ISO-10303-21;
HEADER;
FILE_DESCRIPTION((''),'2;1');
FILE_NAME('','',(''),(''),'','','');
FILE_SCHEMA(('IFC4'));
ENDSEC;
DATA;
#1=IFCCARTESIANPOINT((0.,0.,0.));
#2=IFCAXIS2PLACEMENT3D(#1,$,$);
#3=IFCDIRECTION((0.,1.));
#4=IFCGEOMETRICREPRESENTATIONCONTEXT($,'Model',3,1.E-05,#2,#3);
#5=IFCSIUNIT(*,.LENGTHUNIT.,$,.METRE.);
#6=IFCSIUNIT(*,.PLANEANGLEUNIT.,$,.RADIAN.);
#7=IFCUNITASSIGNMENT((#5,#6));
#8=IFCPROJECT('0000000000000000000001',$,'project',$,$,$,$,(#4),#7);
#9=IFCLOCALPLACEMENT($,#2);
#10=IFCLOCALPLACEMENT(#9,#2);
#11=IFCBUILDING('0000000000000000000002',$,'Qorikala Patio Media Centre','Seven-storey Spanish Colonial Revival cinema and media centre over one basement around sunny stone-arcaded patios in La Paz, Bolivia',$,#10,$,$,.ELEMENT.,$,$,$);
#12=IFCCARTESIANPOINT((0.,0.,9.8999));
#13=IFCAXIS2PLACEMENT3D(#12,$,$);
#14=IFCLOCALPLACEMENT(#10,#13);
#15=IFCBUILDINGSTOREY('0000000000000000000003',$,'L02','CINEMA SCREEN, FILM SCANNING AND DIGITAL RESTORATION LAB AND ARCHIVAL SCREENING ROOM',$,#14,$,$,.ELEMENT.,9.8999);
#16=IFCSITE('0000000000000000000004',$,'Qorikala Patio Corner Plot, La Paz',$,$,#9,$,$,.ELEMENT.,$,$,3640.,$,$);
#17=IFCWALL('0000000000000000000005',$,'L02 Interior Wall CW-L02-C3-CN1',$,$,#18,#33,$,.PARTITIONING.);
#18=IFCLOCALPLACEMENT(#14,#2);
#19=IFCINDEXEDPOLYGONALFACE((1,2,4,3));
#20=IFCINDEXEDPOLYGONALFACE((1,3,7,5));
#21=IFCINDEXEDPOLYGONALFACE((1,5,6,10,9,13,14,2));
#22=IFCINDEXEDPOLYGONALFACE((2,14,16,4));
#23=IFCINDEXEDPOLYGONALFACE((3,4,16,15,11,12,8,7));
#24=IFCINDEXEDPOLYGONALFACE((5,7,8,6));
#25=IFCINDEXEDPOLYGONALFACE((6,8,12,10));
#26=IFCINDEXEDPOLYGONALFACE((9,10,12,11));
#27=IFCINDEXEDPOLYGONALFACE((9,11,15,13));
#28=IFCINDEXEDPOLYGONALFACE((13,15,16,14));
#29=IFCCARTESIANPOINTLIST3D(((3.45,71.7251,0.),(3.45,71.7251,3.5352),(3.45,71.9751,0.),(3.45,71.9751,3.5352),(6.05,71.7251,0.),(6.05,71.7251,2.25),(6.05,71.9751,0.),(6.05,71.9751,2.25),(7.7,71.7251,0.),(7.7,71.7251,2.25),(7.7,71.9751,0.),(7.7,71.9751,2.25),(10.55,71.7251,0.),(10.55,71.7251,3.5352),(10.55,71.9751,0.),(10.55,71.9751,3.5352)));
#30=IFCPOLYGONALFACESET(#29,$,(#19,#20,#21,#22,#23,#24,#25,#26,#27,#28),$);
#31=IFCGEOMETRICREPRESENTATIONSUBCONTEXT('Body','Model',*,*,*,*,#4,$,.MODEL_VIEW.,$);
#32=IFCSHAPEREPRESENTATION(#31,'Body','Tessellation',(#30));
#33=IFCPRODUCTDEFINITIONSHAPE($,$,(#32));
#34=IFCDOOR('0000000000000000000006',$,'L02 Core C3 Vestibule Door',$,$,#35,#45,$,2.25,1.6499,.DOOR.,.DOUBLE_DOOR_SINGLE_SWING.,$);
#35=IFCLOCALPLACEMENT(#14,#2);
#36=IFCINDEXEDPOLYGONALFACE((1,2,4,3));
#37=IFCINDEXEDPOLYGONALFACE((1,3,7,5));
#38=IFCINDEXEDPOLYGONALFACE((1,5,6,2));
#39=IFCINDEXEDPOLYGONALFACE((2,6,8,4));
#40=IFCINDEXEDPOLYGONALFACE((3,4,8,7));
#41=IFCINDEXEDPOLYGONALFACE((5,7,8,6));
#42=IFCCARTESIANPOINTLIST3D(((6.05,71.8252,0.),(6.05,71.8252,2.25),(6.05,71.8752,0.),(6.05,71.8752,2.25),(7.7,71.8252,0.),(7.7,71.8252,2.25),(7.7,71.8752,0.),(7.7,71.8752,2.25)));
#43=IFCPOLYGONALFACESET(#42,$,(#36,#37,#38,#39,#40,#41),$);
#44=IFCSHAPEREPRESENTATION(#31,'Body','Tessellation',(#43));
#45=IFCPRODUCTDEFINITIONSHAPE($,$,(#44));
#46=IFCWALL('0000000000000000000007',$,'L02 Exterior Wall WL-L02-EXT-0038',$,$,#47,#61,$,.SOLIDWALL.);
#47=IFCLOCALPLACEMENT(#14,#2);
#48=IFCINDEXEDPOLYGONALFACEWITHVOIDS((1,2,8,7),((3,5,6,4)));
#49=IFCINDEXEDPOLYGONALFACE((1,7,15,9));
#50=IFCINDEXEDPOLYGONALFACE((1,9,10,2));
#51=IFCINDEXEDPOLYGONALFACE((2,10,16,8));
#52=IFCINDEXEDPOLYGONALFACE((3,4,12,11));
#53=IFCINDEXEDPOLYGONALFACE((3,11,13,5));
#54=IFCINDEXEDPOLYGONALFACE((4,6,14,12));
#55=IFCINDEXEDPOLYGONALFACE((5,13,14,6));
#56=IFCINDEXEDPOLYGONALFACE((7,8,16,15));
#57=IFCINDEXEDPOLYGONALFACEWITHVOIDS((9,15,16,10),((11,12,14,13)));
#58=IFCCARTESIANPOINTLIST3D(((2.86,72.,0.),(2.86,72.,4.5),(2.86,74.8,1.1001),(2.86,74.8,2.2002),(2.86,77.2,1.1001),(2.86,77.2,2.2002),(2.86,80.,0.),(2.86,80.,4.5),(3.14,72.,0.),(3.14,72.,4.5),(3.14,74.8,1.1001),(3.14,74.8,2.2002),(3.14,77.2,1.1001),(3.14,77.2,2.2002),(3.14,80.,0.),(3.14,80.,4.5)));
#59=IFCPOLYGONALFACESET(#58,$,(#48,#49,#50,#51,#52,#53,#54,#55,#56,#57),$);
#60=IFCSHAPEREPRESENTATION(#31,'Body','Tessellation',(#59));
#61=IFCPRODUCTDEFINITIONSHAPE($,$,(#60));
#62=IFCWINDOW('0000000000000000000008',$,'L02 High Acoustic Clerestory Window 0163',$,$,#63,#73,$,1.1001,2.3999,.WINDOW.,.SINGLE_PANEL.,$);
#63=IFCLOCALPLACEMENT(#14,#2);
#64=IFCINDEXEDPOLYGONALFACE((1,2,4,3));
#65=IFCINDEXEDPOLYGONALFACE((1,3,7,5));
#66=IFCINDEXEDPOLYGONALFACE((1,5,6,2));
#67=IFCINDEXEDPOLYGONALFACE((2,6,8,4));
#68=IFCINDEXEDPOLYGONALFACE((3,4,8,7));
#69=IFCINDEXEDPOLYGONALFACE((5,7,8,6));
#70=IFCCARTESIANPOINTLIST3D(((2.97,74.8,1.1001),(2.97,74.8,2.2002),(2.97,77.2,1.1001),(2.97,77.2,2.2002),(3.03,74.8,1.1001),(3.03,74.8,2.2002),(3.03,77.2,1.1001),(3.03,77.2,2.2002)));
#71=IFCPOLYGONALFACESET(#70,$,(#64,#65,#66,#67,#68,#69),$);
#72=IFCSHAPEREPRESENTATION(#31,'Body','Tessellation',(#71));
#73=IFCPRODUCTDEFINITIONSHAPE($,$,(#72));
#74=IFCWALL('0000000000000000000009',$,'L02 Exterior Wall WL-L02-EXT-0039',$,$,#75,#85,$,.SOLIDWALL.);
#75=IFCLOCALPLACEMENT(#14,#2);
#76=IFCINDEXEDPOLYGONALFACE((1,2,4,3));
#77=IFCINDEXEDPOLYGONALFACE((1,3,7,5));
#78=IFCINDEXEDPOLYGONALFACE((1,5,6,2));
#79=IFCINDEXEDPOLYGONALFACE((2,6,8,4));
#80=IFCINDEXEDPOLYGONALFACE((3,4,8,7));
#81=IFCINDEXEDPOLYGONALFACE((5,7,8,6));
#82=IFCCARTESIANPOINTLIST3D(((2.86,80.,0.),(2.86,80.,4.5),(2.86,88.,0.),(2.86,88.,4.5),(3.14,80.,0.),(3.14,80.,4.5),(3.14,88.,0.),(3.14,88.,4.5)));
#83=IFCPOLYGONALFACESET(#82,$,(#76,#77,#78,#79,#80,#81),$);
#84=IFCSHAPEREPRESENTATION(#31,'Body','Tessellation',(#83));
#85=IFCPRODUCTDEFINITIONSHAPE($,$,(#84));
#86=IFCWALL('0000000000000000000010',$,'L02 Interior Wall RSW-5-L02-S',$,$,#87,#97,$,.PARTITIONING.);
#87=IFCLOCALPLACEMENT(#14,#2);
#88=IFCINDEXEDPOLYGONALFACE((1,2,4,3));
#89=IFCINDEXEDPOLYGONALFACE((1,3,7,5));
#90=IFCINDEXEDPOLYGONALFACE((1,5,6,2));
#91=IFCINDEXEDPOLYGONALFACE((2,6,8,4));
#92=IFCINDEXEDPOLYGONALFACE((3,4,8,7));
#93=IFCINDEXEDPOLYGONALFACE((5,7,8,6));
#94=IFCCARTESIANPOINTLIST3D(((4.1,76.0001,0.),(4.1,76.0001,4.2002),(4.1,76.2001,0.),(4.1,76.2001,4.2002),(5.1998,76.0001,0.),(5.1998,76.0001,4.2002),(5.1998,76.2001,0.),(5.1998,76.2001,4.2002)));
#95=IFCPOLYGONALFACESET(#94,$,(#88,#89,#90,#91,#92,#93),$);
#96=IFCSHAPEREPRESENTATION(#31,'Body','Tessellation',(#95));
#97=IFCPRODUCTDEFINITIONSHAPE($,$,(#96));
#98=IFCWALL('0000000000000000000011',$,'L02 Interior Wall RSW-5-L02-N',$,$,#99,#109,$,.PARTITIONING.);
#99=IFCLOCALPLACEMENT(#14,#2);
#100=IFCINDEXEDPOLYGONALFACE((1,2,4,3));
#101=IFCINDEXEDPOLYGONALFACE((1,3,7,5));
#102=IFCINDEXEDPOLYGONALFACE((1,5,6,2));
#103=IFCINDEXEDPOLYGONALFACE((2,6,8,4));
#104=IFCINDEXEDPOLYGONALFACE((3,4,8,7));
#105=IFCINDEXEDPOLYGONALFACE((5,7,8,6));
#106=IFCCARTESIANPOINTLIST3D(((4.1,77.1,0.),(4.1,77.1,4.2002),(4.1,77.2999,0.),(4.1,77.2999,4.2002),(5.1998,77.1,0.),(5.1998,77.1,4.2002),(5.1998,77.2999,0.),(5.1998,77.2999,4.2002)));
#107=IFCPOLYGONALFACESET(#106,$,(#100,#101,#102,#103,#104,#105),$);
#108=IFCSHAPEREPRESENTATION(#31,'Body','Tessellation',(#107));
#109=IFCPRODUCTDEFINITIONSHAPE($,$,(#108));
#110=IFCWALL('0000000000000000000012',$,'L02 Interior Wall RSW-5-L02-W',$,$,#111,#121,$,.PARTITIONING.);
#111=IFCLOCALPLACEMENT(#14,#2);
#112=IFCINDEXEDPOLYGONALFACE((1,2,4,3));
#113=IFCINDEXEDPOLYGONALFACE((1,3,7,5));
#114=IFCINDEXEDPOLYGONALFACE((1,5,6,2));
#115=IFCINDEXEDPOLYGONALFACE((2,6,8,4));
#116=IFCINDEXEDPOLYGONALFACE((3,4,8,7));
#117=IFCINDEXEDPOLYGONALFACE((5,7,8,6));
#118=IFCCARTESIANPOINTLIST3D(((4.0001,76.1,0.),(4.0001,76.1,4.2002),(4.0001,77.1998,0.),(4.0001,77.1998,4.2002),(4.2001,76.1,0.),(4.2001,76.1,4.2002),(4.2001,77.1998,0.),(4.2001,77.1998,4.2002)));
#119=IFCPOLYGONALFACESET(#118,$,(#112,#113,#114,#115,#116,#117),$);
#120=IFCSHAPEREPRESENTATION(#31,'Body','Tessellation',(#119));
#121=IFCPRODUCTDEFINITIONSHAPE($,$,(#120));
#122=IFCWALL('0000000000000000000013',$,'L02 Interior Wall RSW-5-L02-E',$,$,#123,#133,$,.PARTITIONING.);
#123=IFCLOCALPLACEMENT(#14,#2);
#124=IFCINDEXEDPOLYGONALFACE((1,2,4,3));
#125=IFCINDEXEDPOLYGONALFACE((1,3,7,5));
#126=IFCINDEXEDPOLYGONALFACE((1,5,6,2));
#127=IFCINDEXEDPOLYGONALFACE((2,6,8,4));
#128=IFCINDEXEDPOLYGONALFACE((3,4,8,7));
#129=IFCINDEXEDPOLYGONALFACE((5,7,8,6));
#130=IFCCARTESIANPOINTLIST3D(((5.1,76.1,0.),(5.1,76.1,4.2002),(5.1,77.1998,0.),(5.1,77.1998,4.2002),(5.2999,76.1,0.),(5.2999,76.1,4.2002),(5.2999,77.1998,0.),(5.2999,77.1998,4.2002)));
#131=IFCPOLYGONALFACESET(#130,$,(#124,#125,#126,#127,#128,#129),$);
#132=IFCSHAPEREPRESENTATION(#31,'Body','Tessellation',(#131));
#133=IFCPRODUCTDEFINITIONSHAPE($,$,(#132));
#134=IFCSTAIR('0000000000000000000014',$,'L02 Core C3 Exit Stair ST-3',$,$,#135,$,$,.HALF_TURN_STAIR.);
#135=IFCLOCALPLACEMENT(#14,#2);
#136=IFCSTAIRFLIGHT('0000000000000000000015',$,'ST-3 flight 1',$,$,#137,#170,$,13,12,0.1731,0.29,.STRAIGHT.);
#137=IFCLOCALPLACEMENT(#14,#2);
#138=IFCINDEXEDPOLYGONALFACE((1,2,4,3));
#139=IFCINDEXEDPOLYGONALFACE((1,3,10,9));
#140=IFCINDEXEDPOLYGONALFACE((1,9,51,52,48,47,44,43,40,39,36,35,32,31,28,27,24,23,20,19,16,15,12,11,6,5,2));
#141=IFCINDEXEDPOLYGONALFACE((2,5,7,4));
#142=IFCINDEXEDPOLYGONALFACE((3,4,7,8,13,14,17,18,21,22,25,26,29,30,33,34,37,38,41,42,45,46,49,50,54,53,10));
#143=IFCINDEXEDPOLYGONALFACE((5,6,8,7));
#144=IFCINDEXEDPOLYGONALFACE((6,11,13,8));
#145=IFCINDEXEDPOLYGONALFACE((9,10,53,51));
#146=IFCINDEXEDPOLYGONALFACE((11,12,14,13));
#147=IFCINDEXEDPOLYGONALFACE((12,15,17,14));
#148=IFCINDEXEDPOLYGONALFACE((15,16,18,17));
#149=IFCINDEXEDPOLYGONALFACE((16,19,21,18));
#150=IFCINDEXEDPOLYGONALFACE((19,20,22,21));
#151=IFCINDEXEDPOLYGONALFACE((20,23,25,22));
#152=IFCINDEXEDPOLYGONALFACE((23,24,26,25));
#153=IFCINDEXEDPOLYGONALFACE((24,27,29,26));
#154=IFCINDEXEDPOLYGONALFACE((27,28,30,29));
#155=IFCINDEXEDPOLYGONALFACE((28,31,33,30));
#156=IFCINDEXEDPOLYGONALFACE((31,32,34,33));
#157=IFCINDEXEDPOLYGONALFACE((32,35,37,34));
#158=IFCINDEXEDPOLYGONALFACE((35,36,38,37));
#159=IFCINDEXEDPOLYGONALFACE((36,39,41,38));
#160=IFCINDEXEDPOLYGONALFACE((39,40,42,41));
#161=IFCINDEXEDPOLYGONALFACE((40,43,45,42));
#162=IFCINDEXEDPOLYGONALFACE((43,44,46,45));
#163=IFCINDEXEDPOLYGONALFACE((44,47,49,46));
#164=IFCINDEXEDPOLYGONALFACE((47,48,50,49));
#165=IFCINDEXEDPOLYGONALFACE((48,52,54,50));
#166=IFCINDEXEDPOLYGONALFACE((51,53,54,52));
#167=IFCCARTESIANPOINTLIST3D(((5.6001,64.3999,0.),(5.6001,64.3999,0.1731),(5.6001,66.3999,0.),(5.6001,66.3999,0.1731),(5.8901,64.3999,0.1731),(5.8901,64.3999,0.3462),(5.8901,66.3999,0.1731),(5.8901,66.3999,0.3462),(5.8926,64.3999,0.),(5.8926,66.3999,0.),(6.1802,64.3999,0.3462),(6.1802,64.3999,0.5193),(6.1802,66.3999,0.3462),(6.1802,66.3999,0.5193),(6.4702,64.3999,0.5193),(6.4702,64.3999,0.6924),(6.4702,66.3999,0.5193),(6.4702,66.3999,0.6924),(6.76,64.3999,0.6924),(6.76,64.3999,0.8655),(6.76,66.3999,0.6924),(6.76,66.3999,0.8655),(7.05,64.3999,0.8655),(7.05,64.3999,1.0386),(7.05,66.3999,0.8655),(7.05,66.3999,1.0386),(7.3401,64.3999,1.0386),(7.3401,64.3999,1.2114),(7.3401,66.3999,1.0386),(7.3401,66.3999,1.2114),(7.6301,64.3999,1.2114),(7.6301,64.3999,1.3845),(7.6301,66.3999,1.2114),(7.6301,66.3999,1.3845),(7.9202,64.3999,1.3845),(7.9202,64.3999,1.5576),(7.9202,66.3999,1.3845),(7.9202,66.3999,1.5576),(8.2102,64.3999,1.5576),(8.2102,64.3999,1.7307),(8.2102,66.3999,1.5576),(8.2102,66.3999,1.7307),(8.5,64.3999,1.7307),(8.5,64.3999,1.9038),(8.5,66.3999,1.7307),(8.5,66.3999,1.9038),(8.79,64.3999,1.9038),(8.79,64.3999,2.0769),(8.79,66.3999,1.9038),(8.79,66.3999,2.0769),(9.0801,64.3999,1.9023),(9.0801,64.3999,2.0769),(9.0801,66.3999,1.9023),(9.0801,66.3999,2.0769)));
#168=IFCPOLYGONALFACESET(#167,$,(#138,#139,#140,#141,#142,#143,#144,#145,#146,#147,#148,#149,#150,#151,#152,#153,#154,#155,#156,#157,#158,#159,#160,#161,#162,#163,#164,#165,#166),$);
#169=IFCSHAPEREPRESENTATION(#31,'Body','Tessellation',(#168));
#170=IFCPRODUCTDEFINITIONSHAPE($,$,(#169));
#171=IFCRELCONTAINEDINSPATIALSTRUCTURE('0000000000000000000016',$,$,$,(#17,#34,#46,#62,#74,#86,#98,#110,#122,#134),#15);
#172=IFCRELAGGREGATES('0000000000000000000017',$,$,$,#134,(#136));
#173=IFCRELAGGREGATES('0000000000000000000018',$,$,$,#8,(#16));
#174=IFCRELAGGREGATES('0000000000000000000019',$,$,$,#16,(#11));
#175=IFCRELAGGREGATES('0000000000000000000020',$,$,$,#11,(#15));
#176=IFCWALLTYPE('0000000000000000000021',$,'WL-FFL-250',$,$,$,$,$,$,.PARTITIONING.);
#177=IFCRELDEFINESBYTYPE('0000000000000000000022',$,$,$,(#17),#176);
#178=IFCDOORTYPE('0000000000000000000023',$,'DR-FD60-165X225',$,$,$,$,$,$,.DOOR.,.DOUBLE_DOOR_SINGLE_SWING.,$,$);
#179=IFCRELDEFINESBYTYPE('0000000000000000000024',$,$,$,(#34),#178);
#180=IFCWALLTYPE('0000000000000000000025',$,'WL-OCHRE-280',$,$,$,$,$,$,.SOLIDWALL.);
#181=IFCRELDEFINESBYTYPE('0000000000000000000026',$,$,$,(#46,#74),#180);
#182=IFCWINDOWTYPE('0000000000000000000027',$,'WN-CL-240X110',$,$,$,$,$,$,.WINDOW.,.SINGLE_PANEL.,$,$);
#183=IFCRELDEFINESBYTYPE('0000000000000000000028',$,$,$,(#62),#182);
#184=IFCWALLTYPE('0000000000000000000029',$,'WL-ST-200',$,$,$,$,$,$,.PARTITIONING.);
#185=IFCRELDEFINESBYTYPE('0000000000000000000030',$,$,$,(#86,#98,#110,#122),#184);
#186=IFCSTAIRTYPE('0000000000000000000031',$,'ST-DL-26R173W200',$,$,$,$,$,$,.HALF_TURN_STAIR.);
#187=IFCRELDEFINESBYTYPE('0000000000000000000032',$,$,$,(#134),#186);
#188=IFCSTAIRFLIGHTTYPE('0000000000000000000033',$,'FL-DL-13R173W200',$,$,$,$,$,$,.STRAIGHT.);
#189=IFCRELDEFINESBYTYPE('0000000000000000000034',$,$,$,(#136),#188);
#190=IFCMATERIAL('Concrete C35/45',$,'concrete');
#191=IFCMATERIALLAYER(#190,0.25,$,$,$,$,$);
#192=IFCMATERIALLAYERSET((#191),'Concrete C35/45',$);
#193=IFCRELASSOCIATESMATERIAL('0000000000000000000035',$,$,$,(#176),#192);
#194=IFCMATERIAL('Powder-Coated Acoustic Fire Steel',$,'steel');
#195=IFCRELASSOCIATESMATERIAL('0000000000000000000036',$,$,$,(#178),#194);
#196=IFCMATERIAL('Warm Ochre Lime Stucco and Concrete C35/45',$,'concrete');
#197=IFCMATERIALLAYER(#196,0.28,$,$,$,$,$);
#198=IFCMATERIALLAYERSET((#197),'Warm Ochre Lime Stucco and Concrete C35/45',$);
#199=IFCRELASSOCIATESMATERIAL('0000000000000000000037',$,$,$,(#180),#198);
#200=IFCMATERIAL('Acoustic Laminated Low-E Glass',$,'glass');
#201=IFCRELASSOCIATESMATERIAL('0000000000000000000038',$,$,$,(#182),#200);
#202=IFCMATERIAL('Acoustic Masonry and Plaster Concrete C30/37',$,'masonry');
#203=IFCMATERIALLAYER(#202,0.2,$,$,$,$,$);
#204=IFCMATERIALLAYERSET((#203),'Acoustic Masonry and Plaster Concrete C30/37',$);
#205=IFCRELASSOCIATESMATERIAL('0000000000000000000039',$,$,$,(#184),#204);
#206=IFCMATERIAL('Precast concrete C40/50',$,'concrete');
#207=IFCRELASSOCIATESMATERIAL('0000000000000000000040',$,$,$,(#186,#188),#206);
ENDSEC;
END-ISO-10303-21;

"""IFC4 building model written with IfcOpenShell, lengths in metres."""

from ifc_helpers import new_model, si_unit, direction, frame, frame_2d, origin, place, context, subcontext, project, spatial, polyline, rectangle, outline, extrude, material, layer, layer_set, type_object, element, fill, aggregate, save


model = new_model("IFC4")

# Units and contexts
model_context = context("Model", 3, precision=1e-05, world=origin(), true_north=direction((0.0, 1.0)))
body_context = subcontext(model_context, "Body", "Model", "MODEL_VIEW")
ifc_project = project(units=[si_unit("LENGTHUNIT", "METRE"), si_unit("PLANEANGLEUNIT", "RADIAN")], contexts=[model_context])

# Site, building, storey
site_placement = place(None, origin())
site = spatial("IfcSite", under=ifc_project, at=site_placement, Name="Qorikala Patio Corner Plot, La Paz", CompositionType="ELEMENT", RefElevation=3640.0)
building_placement = place(site_placement, origin())
building = spatial("IfcBuilding", under=site, at=building_placement, Name="Qorikala Patio Media Centre", Description="Seven-storey Spanish Colonial Revival cinema and media centre over one basement around sunny stone-arcaded patios in La Paz, Bolivia", CompositionType="ELEMENT")
storey_placement = place(building_placement, frame((0.0, 0.0, 9.8999)))
storey = spatial("IfcBuildingStorey", under=building, at=storey_placement, Name="L02", Description="CINEMA SCREEN, FILM SCANNING AND DIGITAL RESTORATION LAB AND ARCHIVAL SCREENING ROOM", CompositionType="ELEMENT", Elevation=9.8999)

# Shared definitions
ifc_material_1 = material(Name="Concrete C35/45", Category="concrete")

# Wall, opening, door
ifc_material_2 = material(Name="Powder-Coated Acoustic Fire Steel", Category="steel")
ifc_layer_1 = layer(ifc_material_1, 0.25)
ifc_layer_set_1 = layer_set([ifc_layer_1], Name="Concrete C35/45")
wall_type_1 = type_object("IfcWallType", Name="WL-FFL-250", PredefinedType="PARTITIONING", material=ifc_layer_set_1)
wall_1_placement = place(storey_placement, frame((3.45, 71.8501, 0.0), z_axis=(0.0, 0.0, 1.0), x_axis=(1.0, 0.0, 0.0)))
wall_1 = element("IfcWall", 1, at=wall_1_placement, inside=storey, type_object=wall_type_1, Name="L02 Interior Wall CW-L02-C3-CN1", PredefinedType="PARTITIONING", context=body_context, shape_type="SweptSolid", body=[
    extrude(rectangle(XDim=7.1001, YDim=0.25, at=frame_2d((3.55, 0.0))), origin(), (0.0, 0.0, 1.0), 3.5352),
])
opening_1_placement = place(wall_1_placement, frame((2.6001, 0.0, 0.0)))
opening_1 = element("IfcOpeningElement", 2, at=opening_1_placement, cuts=wall_1, PredefinedType="OPENING", context=body_context, shape_type="SweptSolid", body=[
    extrude(rectangle(XDim=1.6499, YDim=2.25, at=frame_2d((0.825, 1.125))), frame((0.0, 0.135, 0.0), z_axis=(0.0, -1.0, 0.0), x_axis=(1.0, 0.0, 0.0)), (0.0, 0.0, 1.0), 0.27),
])
door_type_1 = type_object("IfcDoorType", Name="DR-FD60-165X225", OperationType="DOUBLE_DOOR_SINGLE_SWING", PredefinedType="DOOR", material=ifc_material_2)
door_1_placement = place(opening_1_placement, frame((1.6499, 0.0, 0.0), z_axis=(0.0, 0.0, 1.0), x_axis=(-1.0, 0.0, 0.0)))
door_1 = element("IfcDoor", 3, at=door_1_placement, inside=storey, type_object=door_type_1, Name="L02 Core C3 Vestibule Door", OperationType="DOUBLE_DOOR_SINGLE_SWING", OverallHeight=2.25, OverallWidth=1.6499, PredefinedType="DOOR", context=body_context, shape_type="SweptSolid", body=[
    extrude(rectangle(XDim=1.6499, YDim=2.25, at=frame_2d((0.825, 1.125))), frame((0.0, 0.0249, 0.0), z_axis=(0.0, -1.0, 0.0), x_axis=(1.0, 0.0, 0.0)), (0.0, 0.0, 1.0), 0.05),
])
fill(opening_1, door_1)

# Wall, opening, window
ifc_material_3 = material(Name="Warm Ochre Lime Stucco and Concrete C35/45", Category="concrete")
ifc_layer_2 = layer(ifc_material_3, 0.28)
ifc_layer_set_2 = layer_set([ifc_layer_2], Name="Warm Ochre Lime Stucco and Concrete C35/45")
wall_type_2 = type_object("IfcWallType", Name="WL-OCHRE-280", PredefinedType="SOLIDWALL", material=ifc_layer_set_2)
wall_2_placement = place(storey_placement, frame((3.0, 72.0, 0.0), z_axis=(0.0, 0.0, 1.0), x_axis=(0.0, 1.0, 0.0)))
wall_2 = element("IfcWall", 4, at=wall_2_placement, inside=storey, type_object=wall_type_2, Name="L02 Exterior Wall WL-L02-EXT-0038", PredefinedType="SOLIDWALL", context=body_context, shape_type="SweptSolid", body=[
    extrude(rectangle(XDim=8.0, YDim=0.28, at=frame_2d((4.0, 0.0))), origin(), (0.0, 0.0, 1.0), 4.5),
])
opening_2_placement = place(wall_2_placement, frame((2.8, 0.0, 1.1001)))
opening_2 = element("IfcOpeningElement", 5, at=opening_2_placement, cuts=wall_2, PredefinedType="OPENING", context=body_context, shape_type="SweptSolid", body=[
    extrude(rectangle(XDim=2.3999, YDim=1.1001, at=frame_2d((1.2, 0.55))), frame((0.0, 0.1499, 0.0), z_axis=(0.0, -1.0, 0.0), x_axis=(1.0, 0.0, 0.0)), (0.0, 0.0, 1.0), 0.3),
])
ifc_material_4 = material(Name="Acoustic Laminated Low-E Glass", Category="glass")
window_type = type_object("IfcWindowType", Name="WN-CL-240X110", PartitioningType="SINGLE_PANEL", PredefinedType="WINDOW", material=ifc_material_4)
window_placement = place(opening_2_placement, origin())
window = element("IfcWindow", 6, at=window_placement, inside=storey, type_object=window_type, Name="L02 High Acoustic Clerestory Window 0163", OverallHeight=1.1001, OverallWidth=2.3999, PartitioningType="SINGLE_PANEL", PredefinedType="WINDOW", context=body_context, shape_type="SweptSolid", body=[
    extrude(rectangle(XDim=2.3999, YDim=1.1001, at=frame_2d((1.2, 0.55))), frame((0.0, 0.03, 0.0), z_axis=(0.0, -1.0, 0.0), x_axis=(1.0, 0.0, 0.0)), (0.0, 0.0, 1.0), 0.0601),
])
fill(opening_2, window)

# Walls
wall_3_placement = place(storey_placement, frame((3.0, 80.0, 0.0), z_axis=(0.0, 0.0, 1.0), x_axis=(0.0, 1.0, 0.0)))
element("IfcWall", 7, at=wall_3_placement, inside=storey, type_object=wall_type_2, Name="L02 Exterior Wall WL-L02-EXT-0039", PredefinedType="SOLIDWALL", context=body_context, shape_type="SweptSolid", body=[
    extrude(rectangle(XDim=8.0, YDim=0.28, at=frame_2d((4.0, 0.0))), origin(), (0.0, 0.0, 1.0), 4.5),
])
ifc_material_5 = material(Name="Acoustic Masonry and Plaster Concrete C30/37", Category="masonry")
ifc_layer_3 = layer(ifc_material_5, 0.2)
ifc_layer_set_3 = layer_set([ifc_layer_3], Name="Acoustic Masonry and Plaster Concrete C30/37")
wall_type_3 = type_object("IfcWallType", Name="WL-ST-200", PredefinedType="PARTITIONING", material=ifc_layer_set_3)
for number, where, z_axis, x_axis, name in (
    (8, (4.1001, 76.1001, 0.0), (0.0, 0.0, 1.0), (1.0, 0.0, 0.0), "L02 Interior Wall RSW-5-L02-S"),
    (9, (4.1001, 77.2, 0.0), (0.0, 0.0, 1.0), (1.0, 0.0, 0.0), "L02 Interior Wall RSW-5-L02-N"),
    (10, (4.1001, 76.1001, 0.0), (0.0, 0.0, 1.0), (0.0, 1.0, 0.0), "L02 Interior Wall RSW-5-L02-W"),
    (11, (5.2, 76.1001, 0.0), (0.0, 0.0, 1.0), (0.0, 1.0, 0.0), "L02 Interior Wall RSW-5-L02-E"),
):
    element("IfcWall", number, at=place(storey_placement, frame(where, z_axis=z_axis, x_axis=x_axis)), inside=storey, type_object=wall_type_3, Name=name, PredefinedType="PARTITIONING", context=body_context, shape_type="SweptSolid", body=[
        extrude(rectangle(XDim=1.0999, YDim=0.2, at=frame_2d((0.5498, 0.0))), origin(), (0.0, 0.0, 1.0), 4.2002),
    ])

# Stair, stair flight
ifc_material_6 = material(Name="Precast concrete C40/50", Category="concrete")
stair_type = type_object("IfcStairType", Name="ST-DL-26R173W200", PredefinedType="HALF_TURN_STAIR", material=ifc_material_6)
stair_placement = place(storey_placement, origin())
stair = element("IfcStair", 12, at=stair_placement, inside=storey, type_object=stair_type, Name="L02 Core C3 Exit Stair ST-3", PredefinedType="HALF_TURN_STAIR")
stair_flight_type = type_object("IfcStairFlightType", Name="FL-DL-13R173W200", PredefinedType="STRAIGHT", material=ifc_material_6)
stair_flight_1_placement = place(storey_placement, frame((5.6001, 65.3999, 0.0), z_axis=(0.0, 0.0, 1.0), x_axis=(1.0, 0.0, 0.0)))
stair_flight_1 = element("IfcStairFlight", 13, at=stair_flight_1_placement, type_object=stair_flight_type, Name="ST-3 flight 1", NumberOfRisers=13, NumberOfTreads=12, PredefinedType="STRAIGHT", RiserHeight=0.1731, TreadLength=0.29, context=body_context, shape_type="SweptSolid", body=[
    extrude(outline(polyline([(0.0, 0.0), (0.0, 0.1731), (0.29, 0.1731), (0.29, 0.3462), (0.5801, 0.3462), (0.5801, 0.5193), (0.8701, 0.5193), (0.8701, 0.6924), (1.1599, 0.6924), (1.1599, 0.8655), (1.45, 0.8655), (1.45, 1.0386), (1.74, 1.0386), (1.74, 1.2114), (2.03, 1.2114), (2.03, 1.3845), (2.3201, 1.3845), (2.3201, 1.5576), (2.6101, 1.5576), (2.6101, 1.7307), (2.8999, 1.7307), (2.8999, 1.9038), (3.1899, 1.9038), (3.1899, 2.0769), (3.48, 2.0769), (3.48, 2.25), (3.48, 1.9023), (0.2925, 0.0), (0.0, 0.0)])), frame((0.0, 1.0, 0.0), z_axis=(0.0, -1.0, 0.0), x_axis=(1.0, 0.0, 0.0)), (0.0, 0.0, 1.0), 2.0),
])
aggregate(stair, [stair_flight_1])

save(model, "model.ifc")
